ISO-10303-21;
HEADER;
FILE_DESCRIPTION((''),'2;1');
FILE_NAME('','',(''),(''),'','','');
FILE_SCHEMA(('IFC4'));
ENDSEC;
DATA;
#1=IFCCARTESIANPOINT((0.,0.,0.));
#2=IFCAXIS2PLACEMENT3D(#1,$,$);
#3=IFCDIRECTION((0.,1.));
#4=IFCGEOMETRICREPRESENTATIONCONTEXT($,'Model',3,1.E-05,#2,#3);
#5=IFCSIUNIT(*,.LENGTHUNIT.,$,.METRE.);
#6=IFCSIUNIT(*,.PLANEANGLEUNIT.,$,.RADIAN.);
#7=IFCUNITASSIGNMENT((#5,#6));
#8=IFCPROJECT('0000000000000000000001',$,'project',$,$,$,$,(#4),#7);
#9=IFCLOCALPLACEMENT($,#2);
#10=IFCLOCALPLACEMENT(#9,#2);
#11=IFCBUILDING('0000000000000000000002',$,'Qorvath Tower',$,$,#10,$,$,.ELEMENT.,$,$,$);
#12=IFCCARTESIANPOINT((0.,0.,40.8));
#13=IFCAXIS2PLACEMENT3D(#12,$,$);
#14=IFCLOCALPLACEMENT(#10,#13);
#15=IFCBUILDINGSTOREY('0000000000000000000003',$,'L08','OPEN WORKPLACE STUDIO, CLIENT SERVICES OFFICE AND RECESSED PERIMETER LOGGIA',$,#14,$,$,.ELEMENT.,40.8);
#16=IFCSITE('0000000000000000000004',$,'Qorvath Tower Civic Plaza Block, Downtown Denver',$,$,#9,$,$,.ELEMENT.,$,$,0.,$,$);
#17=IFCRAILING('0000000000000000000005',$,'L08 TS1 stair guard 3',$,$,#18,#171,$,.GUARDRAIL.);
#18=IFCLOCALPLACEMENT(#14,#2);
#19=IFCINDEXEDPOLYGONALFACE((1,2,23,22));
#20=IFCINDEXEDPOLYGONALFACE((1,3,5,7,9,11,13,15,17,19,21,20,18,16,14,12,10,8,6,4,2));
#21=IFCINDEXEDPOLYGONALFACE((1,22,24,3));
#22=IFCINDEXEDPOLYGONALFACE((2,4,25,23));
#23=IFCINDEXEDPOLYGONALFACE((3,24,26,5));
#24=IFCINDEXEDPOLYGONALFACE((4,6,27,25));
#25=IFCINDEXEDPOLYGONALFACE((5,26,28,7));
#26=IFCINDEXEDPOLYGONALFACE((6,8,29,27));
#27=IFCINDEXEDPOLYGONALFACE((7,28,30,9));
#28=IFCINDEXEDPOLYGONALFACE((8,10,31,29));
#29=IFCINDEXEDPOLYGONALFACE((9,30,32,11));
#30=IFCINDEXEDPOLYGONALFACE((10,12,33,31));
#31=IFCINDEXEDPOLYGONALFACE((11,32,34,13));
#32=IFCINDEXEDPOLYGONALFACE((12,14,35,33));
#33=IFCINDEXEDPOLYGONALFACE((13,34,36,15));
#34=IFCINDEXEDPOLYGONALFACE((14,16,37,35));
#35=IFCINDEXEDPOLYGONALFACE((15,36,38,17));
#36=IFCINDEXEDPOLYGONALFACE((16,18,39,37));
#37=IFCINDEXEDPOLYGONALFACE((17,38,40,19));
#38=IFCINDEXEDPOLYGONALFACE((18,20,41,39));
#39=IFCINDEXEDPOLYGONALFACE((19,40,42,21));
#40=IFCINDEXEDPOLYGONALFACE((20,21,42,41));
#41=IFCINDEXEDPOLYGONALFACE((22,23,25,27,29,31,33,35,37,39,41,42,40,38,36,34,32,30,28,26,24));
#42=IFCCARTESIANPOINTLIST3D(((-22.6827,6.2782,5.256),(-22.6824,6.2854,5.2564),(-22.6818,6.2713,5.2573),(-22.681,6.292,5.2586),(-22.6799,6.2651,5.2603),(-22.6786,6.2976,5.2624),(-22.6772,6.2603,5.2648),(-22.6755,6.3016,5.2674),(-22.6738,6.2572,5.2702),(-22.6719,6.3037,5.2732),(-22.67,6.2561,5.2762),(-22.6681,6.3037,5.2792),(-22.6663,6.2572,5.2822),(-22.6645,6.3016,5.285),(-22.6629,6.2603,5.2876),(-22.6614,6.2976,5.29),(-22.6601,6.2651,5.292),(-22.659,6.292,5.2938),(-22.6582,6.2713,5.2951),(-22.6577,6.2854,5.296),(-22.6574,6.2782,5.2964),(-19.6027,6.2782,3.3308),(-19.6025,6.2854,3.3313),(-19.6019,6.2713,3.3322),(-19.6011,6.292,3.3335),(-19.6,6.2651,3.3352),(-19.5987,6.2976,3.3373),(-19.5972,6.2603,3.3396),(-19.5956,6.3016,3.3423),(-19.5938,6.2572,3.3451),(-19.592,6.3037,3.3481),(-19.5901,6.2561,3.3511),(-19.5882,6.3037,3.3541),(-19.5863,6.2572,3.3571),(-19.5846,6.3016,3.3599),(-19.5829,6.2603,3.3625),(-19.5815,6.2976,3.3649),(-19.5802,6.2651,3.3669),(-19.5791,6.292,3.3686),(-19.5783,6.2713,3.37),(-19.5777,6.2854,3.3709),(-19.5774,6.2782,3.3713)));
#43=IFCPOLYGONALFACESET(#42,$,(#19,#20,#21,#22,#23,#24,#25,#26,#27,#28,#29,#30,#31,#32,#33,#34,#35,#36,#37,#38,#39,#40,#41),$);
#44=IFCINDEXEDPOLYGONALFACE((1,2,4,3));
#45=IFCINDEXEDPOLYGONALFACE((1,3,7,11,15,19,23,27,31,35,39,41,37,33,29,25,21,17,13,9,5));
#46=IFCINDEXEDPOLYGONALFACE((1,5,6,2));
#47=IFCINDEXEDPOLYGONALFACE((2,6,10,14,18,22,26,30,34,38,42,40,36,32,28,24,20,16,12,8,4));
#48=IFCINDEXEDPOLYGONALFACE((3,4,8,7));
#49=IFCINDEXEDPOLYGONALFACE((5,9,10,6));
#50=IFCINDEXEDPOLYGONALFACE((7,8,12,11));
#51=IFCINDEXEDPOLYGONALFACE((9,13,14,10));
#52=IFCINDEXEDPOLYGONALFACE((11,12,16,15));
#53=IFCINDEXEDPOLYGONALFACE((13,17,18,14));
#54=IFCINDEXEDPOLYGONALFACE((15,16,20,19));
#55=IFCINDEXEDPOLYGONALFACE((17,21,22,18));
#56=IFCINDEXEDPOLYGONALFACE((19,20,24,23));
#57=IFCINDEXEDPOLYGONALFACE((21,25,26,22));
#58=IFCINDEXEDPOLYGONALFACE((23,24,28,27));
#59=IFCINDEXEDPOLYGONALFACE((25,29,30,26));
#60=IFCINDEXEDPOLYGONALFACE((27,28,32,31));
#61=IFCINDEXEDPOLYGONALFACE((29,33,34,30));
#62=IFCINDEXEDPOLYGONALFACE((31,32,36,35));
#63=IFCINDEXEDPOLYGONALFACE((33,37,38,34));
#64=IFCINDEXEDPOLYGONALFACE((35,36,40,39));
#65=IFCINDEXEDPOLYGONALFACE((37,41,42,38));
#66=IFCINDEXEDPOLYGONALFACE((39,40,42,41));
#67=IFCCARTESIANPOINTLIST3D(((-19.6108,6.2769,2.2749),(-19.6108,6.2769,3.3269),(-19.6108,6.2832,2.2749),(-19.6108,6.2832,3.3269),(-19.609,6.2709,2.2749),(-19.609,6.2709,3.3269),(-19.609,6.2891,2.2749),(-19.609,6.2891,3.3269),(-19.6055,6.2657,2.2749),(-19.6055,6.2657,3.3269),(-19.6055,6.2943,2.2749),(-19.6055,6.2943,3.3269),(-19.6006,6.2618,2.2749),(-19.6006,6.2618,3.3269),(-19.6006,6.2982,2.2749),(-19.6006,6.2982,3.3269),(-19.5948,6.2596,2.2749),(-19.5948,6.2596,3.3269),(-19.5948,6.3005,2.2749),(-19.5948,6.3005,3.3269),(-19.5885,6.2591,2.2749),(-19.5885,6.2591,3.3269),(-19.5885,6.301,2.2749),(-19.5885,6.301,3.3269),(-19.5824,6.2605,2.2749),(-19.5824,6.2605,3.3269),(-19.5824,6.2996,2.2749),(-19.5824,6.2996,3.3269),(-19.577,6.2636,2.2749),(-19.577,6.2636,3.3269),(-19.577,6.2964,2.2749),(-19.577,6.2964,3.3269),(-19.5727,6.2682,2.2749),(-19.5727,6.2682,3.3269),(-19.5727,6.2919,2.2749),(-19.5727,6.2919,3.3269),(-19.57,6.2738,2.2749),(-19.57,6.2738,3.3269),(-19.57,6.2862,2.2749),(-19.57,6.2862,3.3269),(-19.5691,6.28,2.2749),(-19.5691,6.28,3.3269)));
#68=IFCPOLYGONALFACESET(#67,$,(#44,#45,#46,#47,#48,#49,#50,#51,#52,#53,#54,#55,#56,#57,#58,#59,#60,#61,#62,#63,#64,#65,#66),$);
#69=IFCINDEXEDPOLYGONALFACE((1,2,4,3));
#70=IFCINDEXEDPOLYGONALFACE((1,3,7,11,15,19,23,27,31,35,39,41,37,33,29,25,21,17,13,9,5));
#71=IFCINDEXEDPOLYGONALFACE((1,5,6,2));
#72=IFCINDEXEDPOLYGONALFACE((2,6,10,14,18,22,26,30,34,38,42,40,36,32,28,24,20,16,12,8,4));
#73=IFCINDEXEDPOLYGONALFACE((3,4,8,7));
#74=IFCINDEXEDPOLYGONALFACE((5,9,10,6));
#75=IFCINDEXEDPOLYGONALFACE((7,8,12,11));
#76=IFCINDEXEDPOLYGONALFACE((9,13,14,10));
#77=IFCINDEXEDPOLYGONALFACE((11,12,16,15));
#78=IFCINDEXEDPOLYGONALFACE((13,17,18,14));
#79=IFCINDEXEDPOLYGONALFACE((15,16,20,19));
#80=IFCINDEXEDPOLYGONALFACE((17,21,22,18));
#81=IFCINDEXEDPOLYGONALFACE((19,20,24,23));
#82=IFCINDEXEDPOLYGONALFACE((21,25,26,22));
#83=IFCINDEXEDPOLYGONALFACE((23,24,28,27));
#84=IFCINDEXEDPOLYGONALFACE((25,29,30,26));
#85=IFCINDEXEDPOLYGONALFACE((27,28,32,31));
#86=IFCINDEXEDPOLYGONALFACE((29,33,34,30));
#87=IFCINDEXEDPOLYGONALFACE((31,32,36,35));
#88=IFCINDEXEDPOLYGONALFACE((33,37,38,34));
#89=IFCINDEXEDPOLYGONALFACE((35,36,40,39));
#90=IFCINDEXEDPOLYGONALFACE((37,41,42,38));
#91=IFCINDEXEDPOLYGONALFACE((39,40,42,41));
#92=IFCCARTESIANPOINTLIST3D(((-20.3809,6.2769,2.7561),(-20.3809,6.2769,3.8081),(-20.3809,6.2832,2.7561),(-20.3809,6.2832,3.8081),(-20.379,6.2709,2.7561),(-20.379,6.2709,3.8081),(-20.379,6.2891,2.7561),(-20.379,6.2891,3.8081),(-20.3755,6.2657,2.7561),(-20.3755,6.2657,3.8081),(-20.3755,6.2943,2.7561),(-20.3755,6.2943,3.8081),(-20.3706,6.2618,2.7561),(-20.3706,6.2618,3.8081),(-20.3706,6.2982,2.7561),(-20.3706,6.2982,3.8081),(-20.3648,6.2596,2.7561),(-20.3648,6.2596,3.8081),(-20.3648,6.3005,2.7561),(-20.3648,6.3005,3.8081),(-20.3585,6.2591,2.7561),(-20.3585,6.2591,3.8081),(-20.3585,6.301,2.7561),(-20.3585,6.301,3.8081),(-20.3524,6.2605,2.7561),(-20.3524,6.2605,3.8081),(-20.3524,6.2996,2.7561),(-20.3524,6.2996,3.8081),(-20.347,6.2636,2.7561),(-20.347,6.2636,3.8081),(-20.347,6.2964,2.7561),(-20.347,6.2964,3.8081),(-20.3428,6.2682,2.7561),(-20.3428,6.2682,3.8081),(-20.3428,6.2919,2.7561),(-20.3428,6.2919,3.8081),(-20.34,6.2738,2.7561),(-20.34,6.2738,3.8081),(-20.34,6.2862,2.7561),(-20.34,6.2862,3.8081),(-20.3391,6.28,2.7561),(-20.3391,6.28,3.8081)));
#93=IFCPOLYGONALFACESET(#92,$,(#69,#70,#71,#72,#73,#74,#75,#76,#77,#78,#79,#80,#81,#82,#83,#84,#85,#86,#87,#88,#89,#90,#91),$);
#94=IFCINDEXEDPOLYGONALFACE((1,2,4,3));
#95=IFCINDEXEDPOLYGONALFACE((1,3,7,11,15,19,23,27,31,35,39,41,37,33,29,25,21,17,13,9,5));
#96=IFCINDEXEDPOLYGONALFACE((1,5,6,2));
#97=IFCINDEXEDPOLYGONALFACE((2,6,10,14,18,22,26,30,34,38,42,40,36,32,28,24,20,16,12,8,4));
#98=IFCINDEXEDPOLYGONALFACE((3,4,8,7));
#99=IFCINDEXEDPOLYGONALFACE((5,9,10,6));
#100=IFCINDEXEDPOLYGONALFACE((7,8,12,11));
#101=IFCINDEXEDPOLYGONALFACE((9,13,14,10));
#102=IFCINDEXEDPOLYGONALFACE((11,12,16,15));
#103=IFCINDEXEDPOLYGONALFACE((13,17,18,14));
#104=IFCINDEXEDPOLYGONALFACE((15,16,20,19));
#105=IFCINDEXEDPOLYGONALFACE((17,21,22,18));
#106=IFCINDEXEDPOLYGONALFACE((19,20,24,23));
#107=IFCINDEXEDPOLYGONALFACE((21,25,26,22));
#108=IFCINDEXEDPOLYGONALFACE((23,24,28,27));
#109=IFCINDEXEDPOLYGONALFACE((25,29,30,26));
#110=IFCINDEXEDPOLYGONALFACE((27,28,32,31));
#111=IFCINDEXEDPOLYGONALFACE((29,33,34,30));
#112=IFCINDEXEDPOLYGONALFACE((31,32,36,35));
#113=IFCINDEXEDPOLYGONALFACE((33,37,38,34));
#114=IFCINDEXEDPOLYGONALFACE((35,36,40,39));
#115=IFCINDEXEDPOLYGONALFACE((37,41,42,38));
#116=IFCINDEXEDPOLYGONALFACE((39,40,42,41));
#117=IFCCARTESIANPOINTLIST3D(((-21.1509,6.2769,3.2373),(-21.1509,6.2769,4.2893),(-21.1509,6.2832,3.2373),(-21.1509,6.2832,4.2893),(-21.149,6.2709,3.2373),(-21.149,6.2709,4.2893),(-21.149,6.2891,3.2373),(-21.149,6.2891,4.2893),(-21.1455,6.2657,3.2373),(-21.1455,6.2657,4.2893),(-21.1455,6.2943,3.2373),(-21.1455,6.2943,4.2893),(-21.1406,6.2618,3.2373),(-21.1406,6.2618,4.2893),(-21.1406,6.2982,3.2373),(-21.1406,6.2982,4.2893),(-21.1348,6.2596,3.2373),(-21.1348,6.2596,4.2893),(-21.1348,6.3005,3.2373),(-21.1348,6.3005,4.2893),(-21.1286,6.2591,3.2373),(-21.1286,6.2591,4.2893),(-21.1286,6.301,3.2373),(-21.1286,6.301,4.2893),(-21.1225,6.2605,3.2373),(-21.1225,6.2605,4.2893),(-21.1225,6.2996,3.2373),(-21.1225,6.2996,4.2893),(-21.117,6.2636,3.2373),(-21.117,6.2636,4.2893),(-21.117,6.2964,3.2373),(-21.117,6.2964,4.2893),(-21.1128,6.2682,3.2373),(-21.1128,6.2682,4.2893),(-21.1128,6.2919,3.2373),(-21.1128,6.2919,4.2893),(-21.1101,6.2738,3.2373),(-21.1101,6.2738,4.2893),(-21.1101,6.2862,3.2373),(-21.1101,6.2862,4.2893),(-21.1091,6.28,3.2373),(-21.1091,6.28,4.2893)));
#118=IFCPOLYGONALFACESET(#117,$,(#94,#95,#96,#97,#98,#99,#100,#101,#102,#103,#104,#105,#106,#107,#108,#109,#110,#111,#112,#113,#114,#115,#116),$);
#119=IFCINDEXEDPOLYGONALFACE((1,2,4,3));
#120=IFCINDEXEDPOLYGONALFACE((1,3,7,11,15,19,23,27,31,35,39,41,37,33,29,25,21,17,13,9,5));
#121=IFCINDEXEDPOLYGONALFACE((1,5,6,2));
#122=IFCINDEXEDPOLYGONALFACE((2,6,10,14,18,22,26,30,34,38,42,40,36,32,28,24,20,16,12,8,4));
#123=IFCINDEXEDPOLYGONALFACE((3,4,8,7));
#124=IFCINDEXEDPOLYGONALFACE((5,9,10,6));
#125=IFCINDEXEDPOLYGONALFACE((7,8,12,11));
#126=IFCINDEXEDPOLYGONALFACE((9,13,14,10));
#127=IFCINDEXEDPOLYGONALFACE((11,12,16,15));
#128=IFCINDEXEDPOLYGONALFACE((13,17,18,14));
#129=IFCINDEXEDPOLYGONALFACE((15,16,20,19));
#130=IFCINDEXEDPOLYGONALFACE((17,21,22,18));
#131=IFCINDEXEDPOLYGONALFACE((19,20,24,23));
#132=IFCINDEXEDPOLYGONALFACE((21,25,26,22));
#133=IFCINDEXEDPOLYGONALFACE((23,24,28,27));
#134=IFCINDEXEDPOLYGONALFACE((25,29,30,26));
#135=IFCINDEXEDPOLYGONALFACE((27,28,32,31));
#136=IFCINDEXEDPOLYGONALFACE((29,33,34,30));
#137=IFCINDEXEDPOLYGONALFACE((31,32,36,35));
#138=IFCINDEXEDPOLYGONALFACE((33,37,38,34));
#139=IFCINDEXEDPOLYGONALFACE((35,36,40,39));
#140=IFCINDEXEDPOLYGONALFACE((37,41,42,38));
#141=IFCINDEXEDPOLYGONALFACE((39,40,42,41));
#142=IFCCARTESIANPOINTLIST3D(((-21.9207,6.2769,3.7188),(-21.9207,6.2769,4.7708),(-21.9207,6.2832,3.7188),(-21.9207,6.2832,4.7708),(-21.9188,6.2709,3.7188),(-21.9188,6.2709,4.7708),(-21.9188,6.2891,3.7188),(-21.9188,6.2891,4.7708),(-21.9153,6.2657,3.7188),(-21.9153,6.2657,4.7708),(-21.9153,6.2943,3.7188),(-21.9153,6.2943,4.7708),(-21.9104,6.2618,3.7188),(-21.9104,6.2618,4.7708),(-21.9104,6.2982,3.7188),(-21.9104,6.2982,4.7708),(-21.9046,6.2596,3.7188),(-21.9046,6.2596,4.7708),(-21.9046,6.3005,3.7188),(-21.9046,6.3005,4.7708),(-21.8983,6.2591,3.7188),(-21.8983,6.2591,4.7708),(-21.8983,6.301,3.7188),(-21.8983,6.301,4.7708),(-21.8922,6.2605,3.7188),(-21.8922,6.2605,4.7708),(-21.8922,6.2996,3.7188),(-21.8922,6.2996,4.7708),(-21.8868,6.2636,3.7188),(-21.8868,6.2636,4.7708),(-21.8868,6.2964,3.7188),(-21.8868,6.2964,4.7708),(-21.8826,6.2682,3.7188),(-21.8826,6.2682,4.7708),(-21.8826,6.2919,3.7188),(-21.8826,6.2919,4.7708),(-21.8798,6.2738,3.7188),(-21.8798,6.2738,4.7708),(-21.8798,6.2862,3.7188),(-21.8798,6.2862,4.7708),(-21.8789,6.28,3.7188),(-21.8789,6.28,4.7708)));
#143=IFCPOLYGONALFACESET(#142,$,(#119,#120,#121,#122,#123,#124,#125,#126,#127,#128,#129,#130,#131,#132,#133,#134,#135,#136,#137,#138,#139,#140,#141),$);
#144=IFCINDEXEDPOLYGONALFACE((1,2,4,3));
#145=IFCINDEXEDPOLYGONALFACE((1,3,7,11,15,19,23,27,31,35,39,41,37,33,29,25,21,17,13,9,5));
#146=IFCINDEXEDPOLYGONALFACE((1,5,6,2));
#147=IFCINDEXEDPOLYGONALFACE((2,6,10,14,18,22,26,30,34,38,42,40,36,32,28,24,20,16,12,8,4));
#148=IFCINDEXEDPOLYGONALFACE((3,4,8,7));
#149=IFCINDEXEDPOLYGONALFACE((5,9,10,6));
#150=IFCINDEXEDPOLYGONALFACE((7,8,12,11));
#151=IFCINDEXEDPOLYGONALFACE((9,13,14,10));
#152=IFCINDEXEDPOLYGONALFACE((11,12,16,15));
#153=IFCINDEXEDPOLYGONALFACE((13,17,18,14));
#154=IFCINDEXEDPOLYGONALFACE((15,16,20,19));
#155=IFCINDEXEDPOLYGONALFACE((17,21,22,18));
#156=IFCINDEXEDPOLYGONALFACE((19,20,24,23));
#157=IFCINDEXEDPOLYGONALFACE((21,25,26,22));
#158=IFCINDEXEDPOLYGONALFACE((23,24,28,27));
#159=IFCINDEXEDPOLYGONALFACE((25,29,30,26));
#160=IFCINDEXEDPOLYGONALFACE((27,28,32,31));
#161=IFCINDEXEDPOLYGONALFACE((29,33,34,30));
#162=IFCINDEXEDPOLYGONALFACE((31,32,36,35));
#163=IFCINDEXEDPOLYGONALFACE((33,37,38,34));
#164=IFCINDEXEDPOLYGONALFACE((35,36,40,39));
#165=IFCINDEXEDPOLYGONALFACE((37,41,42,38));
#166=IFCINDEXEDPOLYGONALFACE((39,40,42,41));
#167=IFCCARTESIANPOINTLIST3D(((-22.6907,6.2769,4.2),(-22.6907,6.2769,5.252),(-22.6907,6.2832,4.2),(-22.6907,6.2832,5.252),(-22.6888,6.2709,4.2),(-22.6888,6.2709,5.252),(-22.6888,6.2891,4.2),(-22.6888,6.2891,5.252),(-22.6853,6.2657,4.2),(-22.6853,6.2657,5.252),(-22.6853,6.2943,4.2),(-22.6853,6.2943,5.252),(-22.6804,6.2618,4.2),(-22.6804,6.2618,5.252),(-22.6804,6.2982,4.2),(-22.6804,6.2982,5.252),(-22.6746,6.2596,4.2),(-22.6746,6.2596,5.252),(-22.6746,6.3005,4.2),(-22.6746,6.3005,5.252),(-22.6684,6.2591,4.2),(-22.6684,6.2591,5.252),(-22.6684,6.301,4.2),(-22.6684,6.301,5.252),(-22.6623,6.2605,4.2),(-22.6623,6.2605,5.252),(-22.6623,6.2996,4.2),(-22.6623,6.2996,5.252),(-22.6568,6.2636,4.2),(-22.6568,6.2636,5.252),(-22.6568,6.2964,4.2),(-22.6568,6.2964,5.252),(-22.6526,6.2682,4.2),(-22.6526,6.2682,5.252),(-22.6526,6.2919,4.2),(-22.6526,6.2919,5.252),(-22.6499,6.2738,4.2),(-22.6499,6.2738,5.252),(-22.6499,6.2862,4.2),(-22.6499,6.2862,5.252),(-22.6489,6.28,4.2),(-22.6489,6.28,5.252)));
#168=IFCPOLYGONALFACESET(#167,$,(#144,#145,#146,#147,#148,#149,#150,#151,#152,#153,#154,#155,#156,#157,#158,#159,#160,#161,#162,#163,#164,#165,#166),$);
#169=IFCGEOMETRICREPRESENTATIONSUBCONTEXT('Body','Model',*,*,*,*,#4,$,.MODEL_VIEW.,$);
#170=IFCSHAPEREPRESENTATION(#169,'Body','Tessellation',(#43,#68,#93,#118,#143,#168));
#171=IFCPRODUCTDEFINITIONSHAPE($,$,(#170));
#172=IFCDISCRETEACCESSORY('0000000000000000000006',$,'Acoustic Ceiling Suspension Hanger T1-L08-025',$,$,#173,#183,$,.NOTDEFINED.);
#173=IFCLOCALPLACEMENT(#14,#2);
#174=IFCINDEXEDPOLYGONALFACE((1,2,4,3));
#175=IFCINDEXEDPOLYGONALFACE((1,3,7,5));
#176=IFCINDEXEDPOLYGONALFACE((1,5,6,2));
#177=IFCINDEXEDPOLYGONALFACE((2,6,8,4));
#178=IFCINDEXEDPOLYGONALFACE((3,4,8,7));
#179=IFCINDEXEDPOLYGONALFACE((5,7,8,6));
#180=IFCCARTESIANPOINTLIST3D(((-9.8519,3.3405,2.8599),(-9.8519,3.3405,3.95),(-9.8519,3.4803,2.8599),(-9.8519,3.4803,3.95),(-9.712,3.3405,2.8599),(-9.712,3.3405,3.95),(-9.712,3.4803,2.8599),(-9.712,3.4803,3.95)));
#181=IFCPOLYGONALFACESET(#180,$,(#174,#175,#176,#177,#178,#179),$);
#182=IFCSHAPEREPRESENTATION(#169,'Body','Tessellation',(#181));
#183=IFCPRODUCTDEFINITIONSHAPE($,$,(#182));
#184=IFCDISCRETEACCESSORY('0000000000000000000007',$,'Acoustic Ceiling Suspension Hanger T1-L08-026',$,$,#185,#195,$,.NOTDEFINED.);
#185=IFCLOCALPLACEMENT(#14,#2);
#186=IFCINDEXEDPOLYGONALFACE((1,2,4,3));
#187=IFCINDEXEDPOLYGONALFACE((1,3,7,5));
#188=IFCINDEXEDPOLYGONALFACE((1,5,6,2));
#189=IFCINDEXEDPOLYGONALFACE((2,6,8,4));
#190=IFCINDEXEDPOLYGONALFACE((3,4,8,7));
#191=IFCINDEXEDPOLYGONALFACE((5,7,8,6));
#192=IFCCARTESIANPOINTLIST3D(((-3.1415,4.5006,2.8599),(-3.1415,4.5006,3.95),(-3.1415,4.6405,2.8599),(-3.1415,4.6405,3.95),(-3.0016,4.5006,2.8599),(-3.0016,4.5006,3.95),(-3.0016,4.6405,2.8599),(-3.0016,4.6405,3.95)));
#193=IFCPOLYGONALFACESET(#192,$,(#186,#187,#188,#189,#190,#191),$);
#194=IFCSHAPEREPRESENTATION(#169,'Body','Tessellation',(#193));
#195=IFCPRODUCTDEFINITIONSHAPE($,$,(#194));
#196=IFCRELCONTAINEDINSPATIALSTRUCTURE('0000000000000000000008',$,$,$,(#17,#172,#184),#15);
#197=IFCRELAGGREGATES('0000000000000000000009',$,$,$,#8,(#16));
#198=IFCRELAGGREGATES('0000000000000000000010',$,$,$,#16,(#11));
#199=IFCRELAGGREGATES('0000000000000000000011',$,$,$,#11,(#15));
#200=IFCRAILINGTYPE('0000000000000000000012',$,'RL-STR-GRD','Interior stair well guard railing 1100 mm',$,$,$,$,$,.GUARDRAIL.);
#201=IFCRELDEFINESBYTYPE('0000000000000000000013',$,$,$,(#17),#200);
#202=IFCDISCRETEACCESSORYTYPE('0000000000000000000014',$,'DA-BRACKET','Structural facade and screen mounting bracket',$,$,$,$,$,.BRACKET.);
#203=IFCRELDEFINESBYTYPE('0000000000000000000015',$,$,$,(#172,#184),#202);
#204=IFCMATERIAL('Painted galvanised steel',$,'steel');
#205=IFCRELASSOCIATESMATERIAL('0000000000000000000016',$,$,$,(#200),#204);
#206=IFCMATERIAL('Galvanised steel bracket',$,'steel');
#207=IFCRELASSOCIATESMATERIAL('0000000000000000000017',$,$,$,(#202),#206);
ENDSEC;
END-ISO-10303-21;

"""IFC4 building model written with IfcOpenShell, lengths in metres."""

from ifc_helpers import new_model, si_unit, direction, frame, origin, origin_2d, place, context, subcontext, project, spatial, rectangle, circle, extrude, material, type_object, element, save


model = new_model("IFC4")

# Units and contexts
model_context = context("Model", 3, precision=1e-05, world=origin(), true_north=direction((0.0, 1.0)))
body_context = subcontext(model_context, "Body", "Model", "MODEL_VIEW")
ifc_project = project(units=[si_unit("LENGTHUNIT", "METRE"), si_unit("PLANEANGLEUNIT", "RADIAN")], contexts=[model_context])

# Site, building, storey
site_placement = place(None, origin())
site = spatial("IfcSite", under=ifc_project, at=site_placement, Name="Qorvath Tower Civic Plaza Block, Downtown Denver", CompositionType="ELEMENT", RefElevation=0.0)
building_placement = place(site_placement, origin())
building = spatial("IfcBuilding", under=site, at=building_placement, Name="Qorvath Tower", CompositionType="ELEMENT")
storey_placement = place(building_placement, frame((0.0, 0.0, 40.8)))
storey = spatial("IfcBuildingStorey", under=building, at=storey_placement, Name="L08", Description="OPEN WORKPLACE STUDIO, CLIENT SERVICES OFFICE AND RECESSED PERIMETER LOGGIA", CompositionType="ELEMENT", Elevation=40.8)

# Railing
ifc_material_1 = material(Name="Painted galvanised steel", Category="steel")
railing_type = type_object("IfcRailingType", Name="RL-STR-GRD", Description="Interior stair well guard railing 1100 mm", PredefinedType="GUARDRAIL", material=ifc_material_1)
railing_1_placement = place(storey_placement, frame((-19.5901, 6.28, 2.2749)))
element("IfcRailing", 1, at=railing_1_placement, inside=storey, type_object=railing_type, Name="L08 TS1 stair guard 3", PredefinedType="GUARDRAIL", context=body_context, shape_type="SweptSolid", body=[
    extrude(circle(Radius=0.0239, at=origin_2d()), frame((0.0, 0.0, 1.0762), z_axis=(-0.847979, 0.0, 0.530029), x_axis=(0.0, -1.0, 0.0)), (0.0, 0.0, 1.0), 3.6321),
    extrude(circle(Radius=0.021, at=origin_2d()), origin(), (0.0, 0.0, 1.0), 1.052),
    extrude(circle(Radius=0.021, at=origin_2d()), frame((-0.77, 0.0, 0.4812)), (0.0, 0.0, 1.0), 1.052),
    extrude(circle(Radius=0.021, at=origin_2d()), frame((-1.54, 0.0, 0.9624)), (0.0, 0.0, 1.0), 1.052),
    extrude(circle(Radius=0.021, at=origin_2d()), frame((-2.3098, 0.0, 1.4438)), (0.0, 0.0, 1.0), 1.052),
    extrude(circle(Radius=0.021, at=origin_2d()), frame((-3.0798, 0.0, 1.925)), (0.0, 0.0, 1.0), 1.052),
])

# Discrete accessories
ifc_material_2 = material(Name="Galvanised steel bracket", Category="steel")
discrete_accessory_type = type_object("IfcDiscreteAccessoryType", Name="DA-BRACKET", Description="Structural facade and screen mounting bracket", PredefinedType="BRACKET", material=ifc_material_2)
for number, where, z_axis, x_axis, name in (
    (2, (-9.782, 3.4104, 2.8599), (0.0, 0.0, 1.0), (1.0, 0.0, 0.0), "Acoustic Ceiling Suspension Hanger T1-L08-025"),
    (3, (-3.0715, 4.5706, 2.8599), (0.0, 0.0, 1.0), (1.0, 0.0, 0.0), "Acoustic Ceiling Suspension Hanger T1-L08-026"),
):
    element("IfcDiscreteAccessory", number, at=place(storey_placement, frame(where, z_axis=z_axis, x_axis=x_axis)), inside=storey, type_object=discrete_accessory_type, Name=name, PredefinedType="NOTDEFINED", context=body_context, shape_type="SweptSolid", body=[
        extrude(rectangle(XDim=0.1399, YDim=0.1399, at=origin_2d()), origin(), (0.0, 0.0, 1.0), 1.0901),
    ])

save(model, "model.ifc")
